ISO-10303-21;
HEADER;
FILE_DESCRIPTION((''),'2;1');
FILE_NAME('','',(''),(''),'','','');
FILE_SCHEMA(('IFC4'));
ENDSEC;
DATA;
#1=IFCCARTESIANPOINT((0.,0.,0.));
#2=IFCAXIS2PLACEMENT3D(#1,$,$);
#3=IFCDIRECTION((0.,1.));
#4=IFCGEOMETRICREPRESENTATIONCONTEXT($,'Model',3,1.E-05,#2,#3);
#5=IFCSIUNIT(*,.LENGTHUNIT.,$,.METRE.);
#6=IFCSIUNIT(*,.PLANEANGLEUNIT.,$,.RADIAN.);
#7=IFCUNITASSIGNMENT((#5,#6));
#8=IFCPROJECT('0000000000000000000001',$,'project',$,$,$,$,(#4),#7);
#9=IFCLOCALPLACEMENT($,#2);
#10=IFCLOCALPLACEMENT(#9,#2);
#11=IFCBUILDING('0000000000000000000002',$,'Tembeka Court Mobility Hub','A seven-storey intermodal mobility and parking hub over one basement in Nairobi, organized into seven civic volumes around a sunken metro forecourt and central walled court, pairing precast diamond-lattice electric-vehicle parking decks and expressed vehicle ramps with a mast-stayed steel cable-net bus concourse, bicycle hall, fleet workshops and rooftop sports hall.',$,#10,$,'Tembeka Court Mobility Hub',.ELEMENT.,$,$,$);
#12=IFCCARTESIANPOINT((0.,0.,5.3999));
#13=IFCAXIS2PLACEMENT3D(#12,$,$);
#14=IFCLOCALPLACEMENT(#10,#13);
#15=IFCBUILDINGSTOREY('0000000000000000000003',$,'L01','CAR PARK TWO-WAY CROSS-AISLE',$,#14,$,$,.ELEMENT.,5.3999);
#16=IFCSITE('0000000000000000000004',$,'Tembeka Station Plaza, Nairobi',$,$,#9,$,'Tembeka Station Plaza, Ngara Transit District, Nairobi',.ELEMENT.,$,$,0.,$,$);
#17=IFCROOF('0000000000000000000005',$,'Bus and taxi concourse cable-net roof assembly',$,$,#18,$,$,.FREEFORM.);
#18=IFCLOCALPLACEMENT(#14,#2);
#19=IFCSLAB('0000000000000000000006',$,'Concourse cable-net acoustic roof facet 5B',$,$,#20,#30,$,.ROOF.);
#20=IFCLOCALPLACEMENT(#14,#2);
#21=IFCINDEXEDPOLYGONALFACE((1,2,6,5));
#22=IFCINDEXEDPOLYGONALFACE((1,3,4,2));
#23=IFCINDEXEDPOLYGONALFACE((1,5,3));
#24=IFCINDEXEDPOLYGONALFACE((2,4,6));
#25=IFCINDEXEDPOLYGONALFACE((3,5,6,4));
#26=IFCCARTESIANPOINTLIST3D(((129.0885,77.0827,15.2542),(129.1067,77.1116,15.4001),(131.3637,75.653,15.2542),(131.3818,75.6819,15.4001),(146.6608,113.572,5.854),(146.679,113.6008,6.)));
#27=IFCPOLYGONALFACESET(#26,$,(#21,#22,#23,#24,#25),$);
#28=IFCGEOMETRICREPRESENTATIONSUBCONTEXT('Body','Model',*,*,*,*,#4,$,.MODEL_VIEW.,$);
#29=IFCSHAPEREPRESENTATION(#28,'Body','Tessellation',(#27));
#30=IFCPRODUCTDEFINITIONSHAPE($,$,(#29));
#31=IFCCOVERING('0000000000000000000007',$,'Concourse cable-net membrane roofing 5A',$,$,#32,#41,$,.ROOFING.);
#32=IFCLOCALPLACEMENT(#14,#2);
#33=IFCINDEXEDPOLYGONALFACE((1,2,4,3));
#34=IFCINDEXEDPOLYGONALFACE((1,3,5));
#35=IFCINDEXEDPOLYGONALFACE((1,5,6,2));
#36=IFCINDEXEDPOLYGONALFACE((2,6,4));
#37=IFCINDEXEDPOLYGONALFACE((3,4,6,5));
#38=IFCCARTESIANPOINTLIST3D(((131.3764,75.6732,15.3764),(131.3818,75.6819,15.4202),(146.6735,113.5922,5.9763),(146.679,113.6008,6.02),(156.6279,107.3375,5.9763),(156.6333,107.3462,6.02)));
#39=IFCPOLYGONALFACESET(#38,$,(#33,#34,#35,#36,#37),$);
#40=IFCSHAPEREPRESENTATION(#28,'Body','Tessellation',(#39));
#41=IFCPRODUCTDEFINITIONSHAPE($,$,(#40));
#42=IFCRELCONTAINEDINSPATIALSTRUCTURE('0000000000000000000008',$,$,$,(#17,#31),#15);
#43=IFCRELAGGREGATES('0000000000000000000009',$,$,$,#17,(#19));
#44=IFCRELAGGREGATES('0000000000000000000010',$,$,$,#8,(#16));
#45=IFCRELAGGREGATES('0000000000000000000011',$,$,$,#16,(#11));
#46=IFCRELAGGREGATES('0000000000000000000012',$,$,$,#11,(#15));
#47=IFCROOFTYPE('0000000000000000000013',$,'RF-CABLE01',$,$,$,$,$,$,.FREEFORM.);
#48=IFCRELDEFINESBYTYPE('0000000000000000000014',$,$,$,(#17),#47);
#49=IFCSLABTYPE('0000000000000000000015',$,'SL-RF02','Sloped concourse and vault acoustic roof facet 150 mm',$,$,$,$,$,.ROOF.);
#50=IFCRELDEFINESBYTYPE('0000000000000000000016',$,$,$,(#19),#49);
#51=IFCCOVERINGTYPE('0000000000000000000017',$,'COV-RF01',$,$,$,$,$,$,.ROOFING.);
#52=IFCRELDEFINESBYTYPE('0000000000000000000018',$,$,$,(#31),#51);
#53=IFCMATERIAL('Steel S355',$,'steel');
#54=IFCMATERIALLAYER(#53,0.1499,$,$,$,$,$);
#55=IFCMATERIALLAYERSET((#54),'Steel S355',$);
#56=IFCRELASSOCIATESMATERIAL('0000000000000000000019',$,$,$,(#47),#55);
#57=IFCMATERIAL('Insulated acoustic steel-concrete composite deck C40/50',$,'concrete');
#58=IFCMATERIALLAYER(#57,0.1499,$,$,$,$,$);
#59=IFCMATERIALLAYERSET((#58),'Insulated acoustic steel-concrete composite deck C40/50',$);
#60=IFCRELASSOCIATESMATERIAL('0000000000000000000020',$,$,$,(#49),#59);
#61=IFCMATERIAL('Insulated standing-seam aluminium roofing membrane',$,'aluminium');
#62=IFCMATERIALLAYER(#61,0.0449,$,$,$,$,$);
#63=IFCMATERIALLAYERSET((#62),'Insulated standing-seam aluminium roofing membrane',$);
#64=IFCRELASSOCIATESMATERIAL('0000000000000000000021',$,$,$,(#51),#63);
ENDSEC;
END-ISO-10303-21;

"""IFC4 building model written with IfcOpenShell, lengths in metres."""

from ifc_helpers import new_model, si_unit, direction, frame, origin, place, context, subcontext, project, spatial, polyline, outline, extrude, material, layer, layer_set, type_object, element, aggregate, save


model = new_model("IFC4")

# Units and contexts
model_context = context("Model", 3, precision=1e-05, world=origin(), true_north=direction((0.0, 1.0)))
body_context = subcontext(model_context, "Body", "Model", "MODEL_VIEW")
ifc_project = project(units=[si_unit("LENGTHUNIT", "METRE"), si_unit("PLANEANGLEUNIT", "RADIAN")], contexts=[model_context])

# Site, building, storey
site_placement = place(None, origin())
site = spatial("IfcSite", under=ifc_project, at=site_placement, Name="Tembeka Station Plaza, Nairobi", LongName="Tembeka Station Plaza, Ngara Transit District, Nairobi", CompositionType="ELEMENT", RefElevation=0.0)
building_placement = place(site_placement, origin())
building = spatial("IfcBuilding", under=site, at=building_placement, Name="Tembeka Court Mobility Hub", Description="A seven-storey intermodal mobility and parking hub over one basement in Nairobi, organized into seven civic volumes around a sunken metro forecourt and central walled court, pairing precast diamond-lattice electric-vehicle parking decks and expressed vehicle ramps with a mast-stayed steel cable-net bus concourse, bicycle hall, fleet workshops and rooftop sports hall.", LongName="Tembeka Court Mobility Hub", CompositionType="ELEMENT")
storey_placement = place(building_placement, frame((0.0, 0.0, 5.3999)))
storey = spatial("IfcBuildingStorey", under=building, at=storey_placement, Name="L01", Description="CAR PARK TWO-WAY CROSS-AISLE", CompositionType="ELEMENT", Elevation=5.3999)

# Shared definitions
ifc_material_1 = material(Name="Steel S355", Category="steel")

# Roof, slab
ifc_layer_1 = layer(ifc_material_1, 0.1499)
ifc_layer_set_1 = layer_set([ifc_layer_1], Name="Steel S355")
roof_type = type_object("IfcRoofType", Name="RF-CABLE01", PredefinedType="FREEFORM", material=ifc_layer_set_1)
roof_placement = place(storey_placement, origin())
roof = element("IfcRoof", 1, at=roof_placement, inside=storey, type_object=roof_type, Name="Bus and taxi concourse cable-net roof assembly", PredefinedType="FREEFORM")
ifc_material_2 = material(Name="Insulated acoustic steel-concrete composite deck C40/50", Category="concrete")
ifc_layer_2 = layer(ifc_material_2, 0.1499)
ifc_layer_set_2 = layer_set([ifc_layer_2], Name="Insulated acoustic steel-concrete composite deck C40/50")
slab_type = type_object("IfcSlabType", Name="SL-RF02", Description="Sloped concourse and vault acoustic roof facet 150 mm", PredefinedType="ROOF", material=ifc_layer_set_2)
slab_1_placement = place(storey_placement, frame((131.3818, 75.6819, 15.4001), z_axis=(0.121018, 0.192583, 0.97379), x_axis=(0.364609, 0.903803, -0.224054)))
slab_1 = element("IfcSlab", 2, at=slab_1_placement, type_object=slab_type, Name="Concourse cable-net acoustic roof facet 5B", PredefinedType="ROOF", context=body_context, shape_type="SweptSolid", body=[
    extrude(outline(polyline([(0.0, 0.0), (41.9549, 0.0), (0.4626, 2.6469), (0.0, 0.0)])), origin(), (0.0, 0.0, -1.0), 0.1499),
])
aggregate(roof, [slab_1])

# Covering
ifc_material_3 = material(Name="Insulated standing-seam aluminium roofing membrane", Category="aluminium")
ifc_layer_3 = layer(ifc_material_3, 0.0449)
ifc_layer_set_3 = layer_set([ifc_layer_3], Name="Insulated standing-seam aluminium roofing membrane")
covering_type = type_object("IfcCoveringType", Name="COV-RF01", PredefinedType="ROOFING", material=ifc_layer_set_3)
covering_placement = place(storey_placement, frame((131.3818, 75.6819, 15.4202), z_axis=(0.121009, 0.192587, 0.97379), x_axis=(0.607346, 0.761587, -0.226091)))
element("IfcCovering", 3, at=covering_placement, inside=storey, type_object=covering_type, Name="Concourse cable-net membrane roofing 5A", PredefinedType="ROOFING", context=body_context, shape_type="SweptSolid", body=[
    extrude(outline(polyline([(0.0, 0.0), (41.5768, 0.0), (40.2945, 11.6861), (0.0, 0.0)])), origin(), (0.0, 0.0, -1.0), 0.0449),
])

save(model, "model.ifc")
